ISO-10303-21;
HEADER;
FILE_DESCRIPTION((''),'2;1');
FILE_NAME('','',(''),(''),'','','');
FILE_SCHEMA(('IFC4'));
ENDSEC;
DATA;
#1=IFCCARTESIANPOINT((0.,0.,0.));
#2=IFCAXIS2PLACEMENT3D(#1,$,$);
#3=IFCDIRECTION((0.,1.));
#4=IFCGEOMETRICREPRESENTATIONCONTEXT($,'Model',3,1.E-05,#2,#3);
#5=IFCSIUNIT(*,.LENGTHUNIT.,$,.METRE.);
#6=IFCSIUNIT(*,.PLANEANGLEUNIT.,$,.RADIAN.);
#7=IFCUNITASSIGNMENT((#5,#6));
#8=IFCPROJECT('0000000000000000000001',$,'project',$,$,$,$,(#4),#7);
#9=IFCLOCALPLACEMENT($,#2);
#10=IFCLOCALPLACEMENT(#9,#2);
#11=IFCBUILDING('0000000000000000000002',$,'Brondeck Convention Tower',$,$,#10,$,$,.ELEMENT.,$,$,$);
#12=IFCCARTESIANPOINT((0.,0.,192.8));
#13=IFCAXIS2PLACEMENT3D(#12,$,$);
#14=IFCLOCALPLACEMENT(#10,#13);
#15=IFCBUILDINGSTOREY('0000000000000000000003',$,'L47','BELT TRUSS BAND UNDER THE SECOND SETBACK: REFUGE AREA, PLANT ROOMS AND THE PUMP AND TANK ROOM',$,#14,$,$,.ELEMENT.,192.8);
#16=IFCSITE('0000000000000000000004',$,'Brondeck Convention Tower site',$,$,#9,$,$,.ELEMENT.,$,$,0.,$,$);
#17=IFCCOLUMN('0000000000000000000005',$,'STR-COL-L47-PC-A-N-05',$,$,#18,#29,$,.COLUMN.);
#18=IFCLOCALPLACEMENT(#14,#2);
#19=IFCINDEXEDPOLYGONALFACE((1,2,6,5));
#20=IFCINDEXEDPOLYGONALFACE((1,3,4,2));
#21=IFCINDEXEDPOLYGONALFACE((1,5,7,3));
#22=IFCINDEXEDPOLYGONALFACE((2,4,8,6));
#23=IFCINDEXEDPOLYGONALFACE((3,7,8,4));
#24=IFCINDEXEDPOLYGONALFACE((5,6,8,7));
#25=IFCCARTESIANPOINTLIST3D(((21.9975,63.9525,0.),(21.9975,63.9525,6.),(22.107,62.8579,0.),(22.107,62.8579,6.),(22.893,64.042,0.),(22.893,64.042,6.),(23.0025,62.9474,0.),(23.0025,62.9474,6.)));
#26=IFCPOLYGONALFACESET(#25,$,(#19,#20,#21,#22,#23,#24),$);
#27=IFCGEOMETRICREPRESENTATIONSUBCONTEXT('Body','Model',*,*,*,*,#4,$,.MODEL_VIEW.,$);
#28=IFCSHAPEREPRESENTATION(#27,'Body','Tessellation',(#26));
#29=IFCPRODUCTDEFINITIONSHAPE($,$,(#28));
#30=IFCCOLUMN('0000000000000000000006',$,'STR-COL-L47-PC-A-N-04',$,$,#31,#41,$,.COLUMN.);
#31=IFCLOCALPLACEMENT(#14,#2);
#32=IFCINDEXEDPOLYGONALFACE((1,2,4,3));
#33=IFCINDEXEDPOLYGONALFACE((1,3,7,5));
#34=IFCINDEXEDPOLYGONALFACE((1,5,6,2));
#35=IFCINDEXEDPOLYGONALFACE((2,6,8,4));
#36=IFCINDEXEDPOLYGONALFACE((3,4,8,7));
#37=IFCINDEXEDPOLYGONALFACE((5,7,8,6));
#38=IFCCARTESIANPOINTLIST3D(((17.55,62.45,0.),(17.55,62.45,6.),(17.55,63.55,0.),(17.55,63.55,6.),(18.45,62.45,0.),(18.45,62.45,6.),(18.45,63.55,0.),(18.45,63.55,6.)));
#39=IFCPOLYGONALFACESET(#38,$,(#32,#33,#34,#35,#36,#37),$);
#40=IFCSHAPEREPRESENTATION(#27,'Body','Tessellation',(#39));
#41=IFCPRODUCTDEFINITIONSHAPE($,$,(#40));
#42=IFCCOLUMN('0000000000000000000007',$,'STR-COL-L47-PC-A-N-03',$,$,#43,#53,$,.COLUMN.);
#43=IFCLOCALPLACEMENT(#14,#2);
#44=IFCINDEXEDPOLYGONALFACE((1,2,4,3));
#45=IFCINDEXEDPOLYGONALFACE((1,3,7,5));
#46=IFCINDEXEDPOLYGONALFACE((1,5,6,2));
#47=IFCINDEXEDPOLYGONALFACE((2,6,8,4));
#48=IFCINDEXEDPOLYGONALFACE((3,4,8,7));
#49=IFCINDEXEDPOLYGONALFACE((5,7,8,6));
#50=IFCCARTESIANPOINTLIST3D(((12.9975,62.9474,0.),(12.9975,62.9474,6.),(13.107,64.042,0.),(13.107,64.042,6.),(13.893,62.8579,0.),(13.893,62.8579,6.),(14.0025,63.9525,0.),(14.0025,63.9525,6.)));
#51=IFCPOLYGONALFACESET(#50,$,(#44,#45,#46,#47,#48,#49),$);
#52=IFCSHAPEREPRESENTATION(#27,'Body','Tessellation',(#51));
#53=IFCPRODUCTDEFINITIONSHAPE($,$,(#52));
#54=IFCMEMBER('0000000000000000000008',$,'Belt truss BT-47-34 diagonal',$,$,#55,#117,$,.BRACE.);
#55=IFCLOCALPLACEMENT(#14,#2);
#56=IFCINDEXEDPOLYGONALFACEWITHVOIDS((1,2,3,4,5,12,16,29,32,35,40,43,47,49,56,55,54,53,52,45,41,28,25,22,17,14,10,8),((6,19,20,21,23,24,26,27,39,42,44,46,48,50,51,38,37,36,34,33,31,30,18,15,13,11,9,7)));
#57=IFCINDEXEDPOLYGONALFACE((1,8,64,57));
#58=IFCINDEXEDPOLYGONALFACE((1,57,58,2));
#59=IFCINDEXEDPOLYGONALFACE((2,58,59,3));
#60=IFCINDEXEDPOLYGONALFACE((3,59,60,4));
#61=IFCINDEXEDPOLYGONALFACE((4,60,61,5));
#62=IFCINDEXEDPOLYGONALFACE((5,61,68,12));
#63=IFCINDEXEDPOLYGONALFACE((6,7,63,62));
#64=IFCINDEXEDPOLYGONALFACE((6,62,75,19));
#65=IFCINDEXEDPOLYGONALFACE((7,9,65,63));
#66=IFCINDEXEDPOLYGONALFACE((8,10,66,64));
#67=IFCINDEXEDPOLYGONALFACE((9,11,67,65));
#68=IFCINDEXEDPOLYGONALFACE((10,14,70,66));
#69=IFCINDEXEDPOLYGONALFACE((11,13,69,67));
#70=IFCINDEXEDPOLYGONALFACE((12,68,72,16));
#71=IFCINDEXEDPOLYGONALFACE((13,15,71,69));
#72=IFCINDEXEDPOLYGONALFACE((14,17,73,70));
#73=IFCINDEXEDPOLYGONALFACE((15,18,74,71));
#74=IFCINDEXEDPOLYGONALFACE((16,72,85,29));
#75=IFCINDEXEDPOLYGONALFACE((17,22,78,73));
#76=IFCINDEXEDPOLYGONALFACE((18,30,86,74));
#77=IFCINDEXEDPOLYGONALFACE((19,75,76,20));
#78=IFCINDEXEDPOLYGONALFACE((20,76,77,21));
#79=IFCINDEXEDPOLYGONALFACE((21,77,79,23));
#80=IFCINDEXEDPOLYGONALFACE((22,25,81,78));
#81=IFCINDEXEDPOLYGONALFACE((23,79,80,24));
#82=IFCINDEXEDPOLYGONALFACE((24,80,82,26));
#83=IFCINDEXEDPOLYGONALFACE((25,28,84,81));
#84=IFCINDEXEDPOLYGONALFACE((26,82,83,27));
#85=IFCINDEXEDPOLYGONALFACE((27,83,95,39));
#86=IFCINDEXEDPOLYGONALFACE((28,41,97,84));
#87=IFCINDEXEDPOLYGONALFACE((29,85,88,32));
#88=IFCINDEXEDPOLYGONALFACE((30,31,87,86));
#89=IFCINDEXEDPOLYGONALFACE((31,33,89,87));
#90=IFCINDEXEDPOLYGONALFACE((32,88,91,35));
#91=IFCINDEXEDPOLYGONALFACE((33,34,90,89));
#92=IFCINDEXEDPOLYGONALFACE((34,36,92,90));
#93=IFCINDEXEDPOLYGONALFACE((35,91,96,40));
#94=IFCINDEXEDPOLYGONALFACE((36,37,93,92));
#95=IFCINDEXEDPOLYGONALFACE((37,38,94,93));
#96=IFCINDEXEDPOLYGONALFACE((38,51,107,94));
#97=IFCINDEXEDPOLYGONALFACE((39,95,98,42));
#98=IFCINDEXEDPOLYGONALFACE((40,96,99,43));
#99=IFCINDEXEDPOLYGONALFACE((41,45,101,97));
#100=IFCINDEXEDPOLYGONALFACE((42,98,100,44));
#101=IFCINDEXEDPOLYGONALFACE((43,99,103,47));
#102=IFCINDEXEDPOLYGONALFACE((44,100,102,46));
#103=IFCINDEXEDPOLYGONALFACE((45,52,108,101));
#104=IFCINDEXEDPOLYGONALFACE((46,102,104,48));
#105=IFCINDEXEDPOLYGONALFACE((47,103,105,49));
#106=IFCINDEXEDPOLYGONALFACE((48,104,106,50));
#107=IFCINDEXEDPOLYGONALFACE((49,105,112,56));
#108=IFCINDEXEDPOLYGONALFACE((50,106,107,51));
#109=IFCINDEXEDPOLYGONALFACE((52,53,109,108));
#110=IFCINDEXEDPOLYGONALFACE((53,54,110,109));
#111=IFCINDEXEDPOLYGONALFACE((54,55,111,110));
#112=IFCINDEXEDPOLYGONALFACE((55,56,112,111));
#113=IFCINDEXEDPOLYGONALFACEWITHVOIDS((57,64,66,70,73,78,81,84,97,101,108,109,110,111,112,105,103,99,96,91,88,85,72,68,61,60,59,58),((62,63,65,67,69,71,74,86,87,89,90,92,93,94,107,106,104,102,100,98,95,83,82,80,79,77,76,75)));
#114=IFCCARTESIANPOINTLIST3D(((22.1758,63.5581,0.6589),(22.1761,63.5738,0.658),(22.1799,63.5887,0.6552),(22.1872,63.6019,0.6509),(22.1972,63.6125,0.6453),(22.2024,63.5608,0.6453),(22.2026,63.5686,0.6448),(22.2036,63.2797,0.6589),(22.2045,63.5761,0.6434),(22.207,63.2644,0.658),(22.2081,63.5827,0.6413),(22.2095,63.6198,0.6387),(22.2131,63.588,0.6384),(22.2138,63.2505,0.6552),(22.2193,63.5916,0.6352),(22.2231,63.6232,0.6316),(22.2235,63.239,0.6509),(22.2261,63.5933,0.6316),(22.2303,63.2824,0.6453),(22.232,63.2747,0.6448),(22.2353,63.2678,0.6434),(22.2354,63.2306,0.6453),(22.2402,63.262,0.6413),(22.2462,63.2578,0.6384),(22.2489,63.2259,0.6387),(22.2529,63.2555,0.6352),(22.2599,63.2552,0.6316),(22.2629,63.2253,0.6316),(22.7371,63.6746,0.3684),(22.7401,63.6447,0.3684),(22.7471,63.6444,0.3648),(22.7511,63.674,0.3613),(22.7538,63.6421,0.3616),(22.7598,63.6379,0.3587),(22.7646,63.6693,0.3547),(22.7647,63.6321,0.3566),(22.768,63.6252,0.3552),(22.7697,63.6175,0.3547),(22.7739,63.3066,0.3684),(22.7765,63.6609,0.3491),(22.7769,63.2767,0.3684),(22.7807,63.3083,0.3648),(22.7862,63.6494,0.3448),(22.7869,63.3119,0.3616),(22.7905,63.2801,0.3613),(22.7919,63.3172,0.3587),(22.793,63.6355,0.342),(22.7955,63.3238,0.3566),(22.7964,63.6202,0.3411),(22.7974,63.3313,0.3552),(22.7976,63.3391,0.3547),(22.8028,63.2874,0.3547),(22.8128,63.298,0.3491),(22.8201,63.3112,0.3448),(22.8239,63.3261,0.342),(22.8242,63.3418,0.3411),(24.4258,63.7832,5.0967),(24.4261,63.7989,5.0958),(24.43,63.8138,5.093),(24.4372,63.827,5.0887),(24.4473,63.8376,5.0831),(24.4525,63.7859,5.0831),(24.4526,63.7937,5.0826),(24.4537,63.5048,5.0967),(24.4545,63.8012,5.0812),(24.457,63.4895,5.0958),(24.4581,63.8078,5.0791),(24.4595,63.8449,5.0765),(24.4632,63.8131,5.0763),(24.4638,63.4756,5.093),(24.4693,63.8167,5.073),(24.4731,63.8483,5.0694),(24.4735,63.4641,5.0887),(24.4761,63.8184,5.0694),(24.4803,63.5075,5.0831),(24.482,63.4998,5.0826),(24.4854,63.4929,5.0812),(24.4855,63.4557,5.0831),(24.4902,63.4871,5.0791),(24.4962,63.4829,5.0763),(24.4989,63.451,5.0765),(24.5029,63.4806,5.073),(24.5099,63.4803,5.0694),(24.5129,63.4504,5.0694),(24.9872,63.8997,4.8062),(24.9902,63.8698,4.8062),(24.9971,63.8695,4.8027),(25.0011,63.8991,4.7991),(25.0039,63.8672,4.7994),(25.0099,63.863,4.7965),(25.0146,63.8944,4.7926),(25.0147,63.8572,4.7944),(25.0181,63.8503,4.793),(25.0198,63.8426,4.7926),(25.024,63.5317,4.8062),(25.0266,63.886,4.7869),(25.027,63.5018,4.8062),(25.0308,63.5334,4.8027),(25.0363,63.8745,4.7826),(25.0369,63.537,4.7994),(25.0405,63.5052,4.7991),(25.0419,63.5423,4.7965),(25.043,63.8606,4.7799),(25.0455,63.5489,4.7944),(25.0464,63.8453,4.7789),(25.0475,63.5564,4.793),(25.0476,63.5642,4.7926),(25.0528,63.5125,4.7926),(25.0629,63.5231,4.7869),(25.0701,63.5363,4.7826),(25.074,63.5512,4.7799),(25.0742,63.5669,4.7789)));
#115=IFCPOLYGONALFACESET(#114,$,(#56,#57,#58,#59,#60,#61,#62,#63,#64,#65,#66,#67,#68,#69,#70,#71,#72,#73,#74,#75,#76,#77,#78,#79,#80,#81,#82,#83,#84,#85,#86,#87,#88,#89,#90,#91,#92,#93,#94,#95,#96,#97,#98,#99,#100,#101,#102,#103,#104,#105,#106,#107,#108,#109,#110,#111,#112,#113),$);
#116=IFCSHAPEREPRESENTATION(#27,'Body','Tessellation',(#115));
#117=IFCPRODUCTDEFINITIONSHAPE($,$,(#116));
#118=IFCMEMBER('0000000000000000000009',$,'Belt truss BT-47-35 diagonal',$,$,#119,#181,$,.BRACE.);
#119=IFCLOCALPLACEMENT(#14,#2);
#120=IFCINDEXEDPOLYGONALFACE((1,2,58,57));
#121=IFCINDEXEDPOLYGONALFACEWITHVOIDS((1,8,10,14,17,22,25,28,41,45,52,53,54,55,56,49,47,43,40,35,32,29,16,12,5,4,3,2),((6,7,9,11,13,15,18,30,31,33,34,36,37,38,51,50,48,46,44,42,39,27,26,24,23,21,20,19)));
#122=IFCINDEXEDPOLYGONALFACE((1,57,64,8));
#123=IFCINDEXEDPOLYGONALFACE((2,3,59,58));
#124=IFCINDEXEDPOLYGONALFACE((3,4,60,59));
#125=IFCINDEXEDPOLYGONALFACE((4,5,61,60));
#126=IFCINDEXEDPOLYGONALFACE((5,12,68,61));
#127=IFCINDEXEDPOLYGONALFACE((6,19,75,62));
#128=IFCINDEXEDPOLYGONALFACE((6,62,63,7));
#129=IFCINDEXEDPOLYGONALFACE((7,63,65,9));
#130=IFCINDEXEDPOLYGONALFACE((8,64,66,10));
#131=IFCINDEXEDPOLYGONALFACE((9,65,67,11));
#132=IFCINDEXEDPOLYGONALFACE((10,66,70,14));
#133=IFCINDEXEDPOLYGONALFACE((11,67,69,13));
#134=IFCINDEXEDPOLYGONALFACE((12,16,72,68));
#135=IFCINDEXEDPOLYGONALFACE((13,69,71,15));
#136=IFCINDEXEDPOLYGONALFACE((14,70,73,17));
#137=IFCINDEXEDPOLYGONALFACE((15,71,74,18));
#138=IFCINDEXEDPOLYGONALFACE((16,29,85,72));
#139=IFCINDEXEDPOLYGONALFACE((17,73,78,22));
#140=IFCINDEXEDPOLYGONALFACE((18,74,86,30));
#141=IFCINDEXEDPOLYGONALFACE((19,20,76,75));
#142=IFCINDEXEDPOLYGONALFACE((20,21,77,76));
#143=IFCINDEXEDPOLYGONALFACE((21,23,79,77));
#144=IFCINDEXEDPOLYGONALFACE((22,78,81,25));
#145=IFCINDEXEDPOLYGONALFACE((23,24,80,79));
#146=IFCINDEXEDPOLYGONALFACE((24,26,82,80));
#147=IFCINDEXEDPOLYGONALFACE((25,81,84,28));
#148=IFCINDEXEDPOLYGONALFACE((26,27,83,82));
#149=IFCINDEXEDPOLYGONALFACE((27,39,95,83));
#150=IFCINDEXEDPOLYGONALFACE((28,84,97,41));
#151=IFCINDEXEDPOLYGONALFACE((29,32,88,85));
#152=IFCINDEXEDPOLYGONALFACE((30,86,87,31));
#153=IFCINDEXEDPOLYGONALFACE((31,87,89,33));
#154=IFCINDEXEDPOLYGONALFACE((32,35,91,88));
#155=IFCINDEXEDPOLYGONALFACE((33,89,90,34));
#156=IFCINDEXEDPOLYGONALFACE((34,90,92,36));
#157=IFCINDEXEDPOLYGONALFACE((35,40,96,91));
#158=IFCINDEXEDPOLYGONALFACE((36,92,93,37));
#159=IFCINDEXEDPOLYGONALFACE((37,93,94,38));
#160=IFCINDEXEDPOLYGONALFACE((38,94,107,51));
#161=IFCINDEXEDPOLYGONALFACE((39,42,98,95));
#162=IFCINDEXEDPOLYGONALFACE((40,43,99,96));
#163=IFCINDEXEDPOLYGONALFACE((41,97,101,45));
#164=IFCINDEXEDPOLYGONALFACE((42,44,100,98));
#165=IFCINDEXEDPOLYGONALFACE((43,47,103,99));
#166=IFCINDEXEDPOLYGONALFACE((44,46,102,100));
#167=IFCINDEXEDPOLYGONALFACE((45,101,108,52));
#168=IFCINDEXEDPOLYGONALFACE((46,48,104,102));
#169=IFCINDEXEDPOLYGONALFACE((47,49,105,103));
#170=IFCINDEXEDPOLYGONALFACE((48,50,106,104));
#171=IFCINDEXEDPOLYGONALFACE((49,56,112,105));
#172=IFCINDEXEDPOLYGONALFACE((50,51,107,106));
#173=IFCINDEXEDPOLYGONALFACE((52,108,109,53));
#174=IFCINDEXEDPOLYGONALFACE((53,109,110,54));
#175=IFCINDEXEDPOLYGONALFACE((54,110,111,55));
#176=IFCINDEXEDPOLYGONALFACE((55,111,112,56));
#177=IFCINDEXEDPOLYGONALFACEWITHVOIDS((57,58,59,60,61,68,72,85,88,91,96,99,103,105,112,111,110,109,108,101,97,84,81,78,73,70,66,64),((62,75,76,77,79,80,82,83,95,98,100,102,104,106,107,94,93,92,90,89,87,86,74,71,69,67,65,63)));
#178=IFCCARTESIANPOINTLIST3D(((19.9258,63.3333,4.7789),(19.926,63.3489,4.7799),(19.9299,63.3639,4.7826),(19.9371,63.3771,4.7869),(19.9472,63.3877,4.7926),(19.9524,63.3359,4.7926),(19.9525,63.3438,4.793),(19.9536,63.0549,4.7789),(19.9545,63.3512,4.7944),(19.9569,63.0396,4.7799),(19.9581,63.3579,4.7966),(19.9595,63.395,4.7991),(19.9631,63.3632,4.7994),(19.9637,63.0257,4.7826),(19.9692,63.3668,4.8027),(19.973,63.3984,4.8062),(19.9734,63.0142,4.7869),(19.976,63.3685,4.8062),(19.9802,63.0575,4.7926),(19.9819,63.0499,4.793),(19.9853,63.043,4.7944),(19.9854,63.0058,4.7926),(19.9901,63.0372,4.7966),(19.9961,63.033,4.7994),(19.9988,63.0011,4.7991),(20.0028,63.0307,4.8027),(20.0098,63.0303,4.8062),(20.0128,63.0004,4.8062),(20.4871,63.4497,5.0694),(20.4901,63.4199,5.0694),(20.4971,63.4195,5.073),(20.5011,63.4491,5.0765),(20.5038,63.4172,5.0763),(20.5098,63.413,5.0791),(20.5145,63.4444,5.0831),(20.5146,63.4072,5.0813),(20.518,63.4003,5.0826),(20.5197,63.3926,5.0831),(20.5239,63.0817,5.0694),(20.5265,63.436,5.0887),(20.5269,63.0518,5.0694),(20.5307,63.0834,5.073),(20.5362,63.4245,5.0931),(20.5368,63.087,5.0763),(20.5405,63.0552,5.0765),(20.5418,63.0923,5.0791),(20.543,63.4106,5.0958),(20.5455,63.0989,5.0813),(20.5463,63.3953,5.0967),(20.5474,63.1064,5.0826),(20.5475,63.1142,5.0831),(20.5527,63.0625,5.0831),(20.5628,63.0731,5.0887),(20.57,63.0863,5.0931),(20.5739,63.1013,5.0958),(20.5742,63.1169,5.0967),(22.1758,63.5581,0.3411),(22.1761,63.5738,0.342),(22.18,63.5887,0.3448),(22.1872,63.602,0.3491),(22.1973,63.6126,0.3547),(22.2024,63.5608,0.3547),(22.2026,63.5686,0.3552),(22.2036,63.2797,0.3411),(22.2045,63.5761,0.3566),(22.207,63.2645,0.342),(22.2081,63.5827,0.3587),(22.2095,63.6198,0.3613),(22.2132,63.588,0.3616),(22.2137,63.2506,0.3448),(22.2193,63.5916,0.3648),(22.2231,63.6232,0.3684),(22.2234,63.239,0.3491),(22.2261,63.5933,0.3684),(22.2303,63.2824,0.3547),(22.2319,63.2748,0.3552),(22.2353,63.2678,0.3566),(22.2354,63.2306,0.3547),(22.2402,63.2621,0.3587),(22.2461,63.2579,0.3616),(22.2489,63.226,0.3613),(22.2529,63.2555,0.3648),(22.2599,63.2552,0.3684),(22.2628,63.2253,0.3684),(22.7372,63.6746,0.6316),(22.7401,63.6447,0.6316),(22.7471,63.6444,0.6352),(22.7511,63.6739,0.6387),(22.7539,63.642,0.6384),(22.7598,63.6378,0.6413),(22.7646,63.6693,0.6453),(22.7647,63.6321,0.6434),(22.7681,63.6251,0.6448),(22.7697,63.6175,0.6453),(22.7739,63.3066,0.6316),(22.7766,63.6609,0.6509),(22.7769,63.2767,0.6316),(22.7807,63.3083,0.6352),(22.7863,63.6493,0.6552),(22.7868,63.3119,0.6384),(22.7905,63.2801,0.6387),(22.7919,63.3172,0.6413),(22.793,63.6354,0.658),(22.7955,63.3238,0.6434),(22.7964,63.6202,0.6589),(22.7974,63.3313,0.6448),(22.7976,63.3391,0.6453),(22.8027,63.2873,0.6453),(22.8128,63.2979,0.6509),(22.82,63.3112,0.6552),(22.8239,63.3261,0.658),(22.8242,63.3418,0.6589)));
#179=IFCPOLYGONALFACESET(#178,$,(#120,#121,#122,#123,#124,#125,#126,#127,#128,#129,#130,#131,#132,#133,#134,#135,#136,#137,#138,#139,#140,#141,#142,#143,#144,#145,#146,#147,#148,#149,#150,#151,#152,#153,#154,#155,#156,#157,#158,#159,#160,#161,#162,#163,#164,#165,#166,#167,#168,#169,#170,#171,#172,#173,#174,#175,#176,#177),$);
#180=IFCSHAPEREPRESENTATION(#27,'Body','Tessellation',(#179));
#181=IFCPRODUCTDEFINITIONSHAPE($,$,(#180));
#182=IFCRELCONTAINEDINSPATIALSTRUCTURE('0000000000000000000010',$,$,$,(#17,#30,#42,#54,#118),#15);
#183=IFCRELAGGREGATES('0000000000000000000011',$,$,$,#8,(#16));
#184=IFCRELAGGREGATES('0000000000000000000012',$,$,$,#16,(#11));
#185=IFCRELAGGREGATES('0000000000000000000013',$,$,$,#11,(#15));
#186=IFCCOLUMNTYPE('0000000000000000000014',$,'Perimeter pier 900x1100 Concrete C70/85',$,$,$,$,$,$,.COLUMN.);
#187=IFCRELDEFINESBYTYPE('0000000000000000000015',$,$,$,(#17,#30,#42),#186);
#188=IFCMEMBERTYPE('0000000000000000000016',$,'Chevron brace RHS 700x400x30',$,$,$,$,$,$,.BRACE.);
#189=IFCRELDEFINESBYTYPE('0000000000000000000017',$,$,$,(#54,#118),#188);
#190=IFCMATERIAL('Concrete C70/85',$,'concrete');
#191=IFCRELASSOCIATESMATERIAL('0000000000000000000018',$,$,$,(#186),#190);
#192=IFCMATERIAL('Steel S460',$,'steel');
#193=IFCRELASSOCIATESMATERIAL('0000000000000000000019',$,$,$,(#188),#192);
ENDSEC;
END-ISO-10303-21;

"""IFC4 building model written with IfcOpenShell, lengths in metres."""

from ifc_helpers import new_model, si_unit, direction, frame, origin, origin_2d, place, context, subcontext, project, spatial, rectangle, hollow_rectangle, extrude, material, material_profile, profile_set, type_object, element, save


model = new_model("IFC4")

# Units and contexts
model_context = context("Model", 3, precision=1e-05, world=origin(), true_north=direction((0.0, 1.0)))
body_context = subcontext(model_context, "Body", "Model", "MODEL_VIEW")
ifc_project = project(units=[si_unit("LENGTHUNIT", "METRE"), si_unit("PLANEANGLEUNIT", "RADIAN")], contexts=[model_context])

# Site, building, storey
site_placement = place(None, origin())
site = spatial("IfcSite", under=ifc_project, at=site_placement, Name="Brondeck Convention Tower site", CompositionType="ELEMENT", RefElevation=0.0)
building_placement = place(site_placement, origin())
building = spatial("IfcBuilding", under=site, at=building_placement, Name="Brondeck Convention Tower", CompositionType="ELEMENT")
storey_placement = place(building_placement, frame((0.0, 0.0, 192.8)))
storey = spatial("IfcBuildingStorey", under=building, at=storey_placement, Name="L47", Description="BELT TRUSS BAND UNDER THE SECOND SETBACK: REFUGE AREA, PLANT ROOMS AND THE PUMP AND TANK ROOM", CompositionType="ELEMENT", Elevation=192.8)

# Columns
ifc_material_1 = material(Name="Concrete C70/85", Category="concrete")
ifc_material_profile_1 = material_profile(ifc_material_1, rectangle(XDim=0.8999, YDim=1.1001, at=origin_2d()), Name="Perimeter pier 900x1100 Concrete C70/85")
ifc_profile_set_1 = profile_set([ifc_material_profile_1], Name="Concrete C70/85")
column_type = type_object("IfcColumnType", Name="Perimeter pier 900x1100 Concrete C70/85", PredefinedType="COLUMN", material=ifc_profile_set_1)
for number, where, z_axis, x_axis, name in (
    (1, (22.5, 63.45, 0.0), (0.0, 0.0, 1.0), (-0.995037, -0.099504, 0.0), "STR-COL-L47-PC-A-N-05"),
    (2, (18.0, 63.0, 0.0), (0.0, 0.0, 1.0), (-1.0, 0.0, 0.0), "STR-COL-L47-PC-A-N-04"),
    (3, (13.5, 63.45, 0.0), (0.0, 0.0, 1.0), (-0.995037, 0.099504, 0.0), "STR-COL-L47-PC-A-N-03"),
):
    element("IfcColumn", number, at=place(storey_placement, frame(where, z_axis=z_axis, x_axis=x_axis)), inside=storey, type_object=column_type, Name=name, PredefinedType="COLUMN", context=body_context, shape_type="SweptSolid", body=[
        extrude(rectangle(XDim=0.8999, YDim=1.1001, at=origin_2d()), origin(), (0.0, 0.0, 1.0), 6.0),
    ])

# Members
ifc_material_2 = material(Name="Steel S460", Category="steel")
ifc_material_profile_2 = material_profile(ifc_material_2, hollow_rectangle(XDim=0.3999, YDim=0.7, WallThickness=0.03, InnerFilletRadius=0.03, OuterFilletRadius=0.0601, at=origin_2d()), Name="RHS 700x400x30")
ifc_profile_set_2 = profile_set([ifc_material_profile_2], Name="Steel S460")
member_type_1 = type_object("IfcMemberType", Name="Chevron brace RHS 700x400x30", PredefinedType="BRACE", material=ifc_profile_set_2)
for number, where, z_axis, x_axis, name in (
    (4, (22.5, 63.45, 0.5), (0.451749, 0.045195, 0.890999), (-0.099546, 0.995033, 0.0), "Belt truss BT-47-34 diagonal"),
    (5, (22.5, 63.45, 0.5), (-0.45175, -0.045146, 0.891001), (0.09944, -0.995044, 0.0), "Belt truss BT-47-35 diagonal"),
):
    element("IfcMember", number, at=place(storey_placement, frame(where, z_axis=z_axis, x_axis=x_axis)), inside=storey, type_object=member_type_1, Name=name, PredefinedType="BRACE", context=body_context, shape_type="SweptSolid", body=[
        extrude(hollow_rectangle(XDim=0.3999, YDim=0.7, WallThickness=0.03, InnerFilletRadius=0.03, OuterFilletRadius=0.0601, at=origin_2d()), origin(), (0.0, 0.0, 1.0), 4.9807),
    ])

save(model, "model.ifc")
